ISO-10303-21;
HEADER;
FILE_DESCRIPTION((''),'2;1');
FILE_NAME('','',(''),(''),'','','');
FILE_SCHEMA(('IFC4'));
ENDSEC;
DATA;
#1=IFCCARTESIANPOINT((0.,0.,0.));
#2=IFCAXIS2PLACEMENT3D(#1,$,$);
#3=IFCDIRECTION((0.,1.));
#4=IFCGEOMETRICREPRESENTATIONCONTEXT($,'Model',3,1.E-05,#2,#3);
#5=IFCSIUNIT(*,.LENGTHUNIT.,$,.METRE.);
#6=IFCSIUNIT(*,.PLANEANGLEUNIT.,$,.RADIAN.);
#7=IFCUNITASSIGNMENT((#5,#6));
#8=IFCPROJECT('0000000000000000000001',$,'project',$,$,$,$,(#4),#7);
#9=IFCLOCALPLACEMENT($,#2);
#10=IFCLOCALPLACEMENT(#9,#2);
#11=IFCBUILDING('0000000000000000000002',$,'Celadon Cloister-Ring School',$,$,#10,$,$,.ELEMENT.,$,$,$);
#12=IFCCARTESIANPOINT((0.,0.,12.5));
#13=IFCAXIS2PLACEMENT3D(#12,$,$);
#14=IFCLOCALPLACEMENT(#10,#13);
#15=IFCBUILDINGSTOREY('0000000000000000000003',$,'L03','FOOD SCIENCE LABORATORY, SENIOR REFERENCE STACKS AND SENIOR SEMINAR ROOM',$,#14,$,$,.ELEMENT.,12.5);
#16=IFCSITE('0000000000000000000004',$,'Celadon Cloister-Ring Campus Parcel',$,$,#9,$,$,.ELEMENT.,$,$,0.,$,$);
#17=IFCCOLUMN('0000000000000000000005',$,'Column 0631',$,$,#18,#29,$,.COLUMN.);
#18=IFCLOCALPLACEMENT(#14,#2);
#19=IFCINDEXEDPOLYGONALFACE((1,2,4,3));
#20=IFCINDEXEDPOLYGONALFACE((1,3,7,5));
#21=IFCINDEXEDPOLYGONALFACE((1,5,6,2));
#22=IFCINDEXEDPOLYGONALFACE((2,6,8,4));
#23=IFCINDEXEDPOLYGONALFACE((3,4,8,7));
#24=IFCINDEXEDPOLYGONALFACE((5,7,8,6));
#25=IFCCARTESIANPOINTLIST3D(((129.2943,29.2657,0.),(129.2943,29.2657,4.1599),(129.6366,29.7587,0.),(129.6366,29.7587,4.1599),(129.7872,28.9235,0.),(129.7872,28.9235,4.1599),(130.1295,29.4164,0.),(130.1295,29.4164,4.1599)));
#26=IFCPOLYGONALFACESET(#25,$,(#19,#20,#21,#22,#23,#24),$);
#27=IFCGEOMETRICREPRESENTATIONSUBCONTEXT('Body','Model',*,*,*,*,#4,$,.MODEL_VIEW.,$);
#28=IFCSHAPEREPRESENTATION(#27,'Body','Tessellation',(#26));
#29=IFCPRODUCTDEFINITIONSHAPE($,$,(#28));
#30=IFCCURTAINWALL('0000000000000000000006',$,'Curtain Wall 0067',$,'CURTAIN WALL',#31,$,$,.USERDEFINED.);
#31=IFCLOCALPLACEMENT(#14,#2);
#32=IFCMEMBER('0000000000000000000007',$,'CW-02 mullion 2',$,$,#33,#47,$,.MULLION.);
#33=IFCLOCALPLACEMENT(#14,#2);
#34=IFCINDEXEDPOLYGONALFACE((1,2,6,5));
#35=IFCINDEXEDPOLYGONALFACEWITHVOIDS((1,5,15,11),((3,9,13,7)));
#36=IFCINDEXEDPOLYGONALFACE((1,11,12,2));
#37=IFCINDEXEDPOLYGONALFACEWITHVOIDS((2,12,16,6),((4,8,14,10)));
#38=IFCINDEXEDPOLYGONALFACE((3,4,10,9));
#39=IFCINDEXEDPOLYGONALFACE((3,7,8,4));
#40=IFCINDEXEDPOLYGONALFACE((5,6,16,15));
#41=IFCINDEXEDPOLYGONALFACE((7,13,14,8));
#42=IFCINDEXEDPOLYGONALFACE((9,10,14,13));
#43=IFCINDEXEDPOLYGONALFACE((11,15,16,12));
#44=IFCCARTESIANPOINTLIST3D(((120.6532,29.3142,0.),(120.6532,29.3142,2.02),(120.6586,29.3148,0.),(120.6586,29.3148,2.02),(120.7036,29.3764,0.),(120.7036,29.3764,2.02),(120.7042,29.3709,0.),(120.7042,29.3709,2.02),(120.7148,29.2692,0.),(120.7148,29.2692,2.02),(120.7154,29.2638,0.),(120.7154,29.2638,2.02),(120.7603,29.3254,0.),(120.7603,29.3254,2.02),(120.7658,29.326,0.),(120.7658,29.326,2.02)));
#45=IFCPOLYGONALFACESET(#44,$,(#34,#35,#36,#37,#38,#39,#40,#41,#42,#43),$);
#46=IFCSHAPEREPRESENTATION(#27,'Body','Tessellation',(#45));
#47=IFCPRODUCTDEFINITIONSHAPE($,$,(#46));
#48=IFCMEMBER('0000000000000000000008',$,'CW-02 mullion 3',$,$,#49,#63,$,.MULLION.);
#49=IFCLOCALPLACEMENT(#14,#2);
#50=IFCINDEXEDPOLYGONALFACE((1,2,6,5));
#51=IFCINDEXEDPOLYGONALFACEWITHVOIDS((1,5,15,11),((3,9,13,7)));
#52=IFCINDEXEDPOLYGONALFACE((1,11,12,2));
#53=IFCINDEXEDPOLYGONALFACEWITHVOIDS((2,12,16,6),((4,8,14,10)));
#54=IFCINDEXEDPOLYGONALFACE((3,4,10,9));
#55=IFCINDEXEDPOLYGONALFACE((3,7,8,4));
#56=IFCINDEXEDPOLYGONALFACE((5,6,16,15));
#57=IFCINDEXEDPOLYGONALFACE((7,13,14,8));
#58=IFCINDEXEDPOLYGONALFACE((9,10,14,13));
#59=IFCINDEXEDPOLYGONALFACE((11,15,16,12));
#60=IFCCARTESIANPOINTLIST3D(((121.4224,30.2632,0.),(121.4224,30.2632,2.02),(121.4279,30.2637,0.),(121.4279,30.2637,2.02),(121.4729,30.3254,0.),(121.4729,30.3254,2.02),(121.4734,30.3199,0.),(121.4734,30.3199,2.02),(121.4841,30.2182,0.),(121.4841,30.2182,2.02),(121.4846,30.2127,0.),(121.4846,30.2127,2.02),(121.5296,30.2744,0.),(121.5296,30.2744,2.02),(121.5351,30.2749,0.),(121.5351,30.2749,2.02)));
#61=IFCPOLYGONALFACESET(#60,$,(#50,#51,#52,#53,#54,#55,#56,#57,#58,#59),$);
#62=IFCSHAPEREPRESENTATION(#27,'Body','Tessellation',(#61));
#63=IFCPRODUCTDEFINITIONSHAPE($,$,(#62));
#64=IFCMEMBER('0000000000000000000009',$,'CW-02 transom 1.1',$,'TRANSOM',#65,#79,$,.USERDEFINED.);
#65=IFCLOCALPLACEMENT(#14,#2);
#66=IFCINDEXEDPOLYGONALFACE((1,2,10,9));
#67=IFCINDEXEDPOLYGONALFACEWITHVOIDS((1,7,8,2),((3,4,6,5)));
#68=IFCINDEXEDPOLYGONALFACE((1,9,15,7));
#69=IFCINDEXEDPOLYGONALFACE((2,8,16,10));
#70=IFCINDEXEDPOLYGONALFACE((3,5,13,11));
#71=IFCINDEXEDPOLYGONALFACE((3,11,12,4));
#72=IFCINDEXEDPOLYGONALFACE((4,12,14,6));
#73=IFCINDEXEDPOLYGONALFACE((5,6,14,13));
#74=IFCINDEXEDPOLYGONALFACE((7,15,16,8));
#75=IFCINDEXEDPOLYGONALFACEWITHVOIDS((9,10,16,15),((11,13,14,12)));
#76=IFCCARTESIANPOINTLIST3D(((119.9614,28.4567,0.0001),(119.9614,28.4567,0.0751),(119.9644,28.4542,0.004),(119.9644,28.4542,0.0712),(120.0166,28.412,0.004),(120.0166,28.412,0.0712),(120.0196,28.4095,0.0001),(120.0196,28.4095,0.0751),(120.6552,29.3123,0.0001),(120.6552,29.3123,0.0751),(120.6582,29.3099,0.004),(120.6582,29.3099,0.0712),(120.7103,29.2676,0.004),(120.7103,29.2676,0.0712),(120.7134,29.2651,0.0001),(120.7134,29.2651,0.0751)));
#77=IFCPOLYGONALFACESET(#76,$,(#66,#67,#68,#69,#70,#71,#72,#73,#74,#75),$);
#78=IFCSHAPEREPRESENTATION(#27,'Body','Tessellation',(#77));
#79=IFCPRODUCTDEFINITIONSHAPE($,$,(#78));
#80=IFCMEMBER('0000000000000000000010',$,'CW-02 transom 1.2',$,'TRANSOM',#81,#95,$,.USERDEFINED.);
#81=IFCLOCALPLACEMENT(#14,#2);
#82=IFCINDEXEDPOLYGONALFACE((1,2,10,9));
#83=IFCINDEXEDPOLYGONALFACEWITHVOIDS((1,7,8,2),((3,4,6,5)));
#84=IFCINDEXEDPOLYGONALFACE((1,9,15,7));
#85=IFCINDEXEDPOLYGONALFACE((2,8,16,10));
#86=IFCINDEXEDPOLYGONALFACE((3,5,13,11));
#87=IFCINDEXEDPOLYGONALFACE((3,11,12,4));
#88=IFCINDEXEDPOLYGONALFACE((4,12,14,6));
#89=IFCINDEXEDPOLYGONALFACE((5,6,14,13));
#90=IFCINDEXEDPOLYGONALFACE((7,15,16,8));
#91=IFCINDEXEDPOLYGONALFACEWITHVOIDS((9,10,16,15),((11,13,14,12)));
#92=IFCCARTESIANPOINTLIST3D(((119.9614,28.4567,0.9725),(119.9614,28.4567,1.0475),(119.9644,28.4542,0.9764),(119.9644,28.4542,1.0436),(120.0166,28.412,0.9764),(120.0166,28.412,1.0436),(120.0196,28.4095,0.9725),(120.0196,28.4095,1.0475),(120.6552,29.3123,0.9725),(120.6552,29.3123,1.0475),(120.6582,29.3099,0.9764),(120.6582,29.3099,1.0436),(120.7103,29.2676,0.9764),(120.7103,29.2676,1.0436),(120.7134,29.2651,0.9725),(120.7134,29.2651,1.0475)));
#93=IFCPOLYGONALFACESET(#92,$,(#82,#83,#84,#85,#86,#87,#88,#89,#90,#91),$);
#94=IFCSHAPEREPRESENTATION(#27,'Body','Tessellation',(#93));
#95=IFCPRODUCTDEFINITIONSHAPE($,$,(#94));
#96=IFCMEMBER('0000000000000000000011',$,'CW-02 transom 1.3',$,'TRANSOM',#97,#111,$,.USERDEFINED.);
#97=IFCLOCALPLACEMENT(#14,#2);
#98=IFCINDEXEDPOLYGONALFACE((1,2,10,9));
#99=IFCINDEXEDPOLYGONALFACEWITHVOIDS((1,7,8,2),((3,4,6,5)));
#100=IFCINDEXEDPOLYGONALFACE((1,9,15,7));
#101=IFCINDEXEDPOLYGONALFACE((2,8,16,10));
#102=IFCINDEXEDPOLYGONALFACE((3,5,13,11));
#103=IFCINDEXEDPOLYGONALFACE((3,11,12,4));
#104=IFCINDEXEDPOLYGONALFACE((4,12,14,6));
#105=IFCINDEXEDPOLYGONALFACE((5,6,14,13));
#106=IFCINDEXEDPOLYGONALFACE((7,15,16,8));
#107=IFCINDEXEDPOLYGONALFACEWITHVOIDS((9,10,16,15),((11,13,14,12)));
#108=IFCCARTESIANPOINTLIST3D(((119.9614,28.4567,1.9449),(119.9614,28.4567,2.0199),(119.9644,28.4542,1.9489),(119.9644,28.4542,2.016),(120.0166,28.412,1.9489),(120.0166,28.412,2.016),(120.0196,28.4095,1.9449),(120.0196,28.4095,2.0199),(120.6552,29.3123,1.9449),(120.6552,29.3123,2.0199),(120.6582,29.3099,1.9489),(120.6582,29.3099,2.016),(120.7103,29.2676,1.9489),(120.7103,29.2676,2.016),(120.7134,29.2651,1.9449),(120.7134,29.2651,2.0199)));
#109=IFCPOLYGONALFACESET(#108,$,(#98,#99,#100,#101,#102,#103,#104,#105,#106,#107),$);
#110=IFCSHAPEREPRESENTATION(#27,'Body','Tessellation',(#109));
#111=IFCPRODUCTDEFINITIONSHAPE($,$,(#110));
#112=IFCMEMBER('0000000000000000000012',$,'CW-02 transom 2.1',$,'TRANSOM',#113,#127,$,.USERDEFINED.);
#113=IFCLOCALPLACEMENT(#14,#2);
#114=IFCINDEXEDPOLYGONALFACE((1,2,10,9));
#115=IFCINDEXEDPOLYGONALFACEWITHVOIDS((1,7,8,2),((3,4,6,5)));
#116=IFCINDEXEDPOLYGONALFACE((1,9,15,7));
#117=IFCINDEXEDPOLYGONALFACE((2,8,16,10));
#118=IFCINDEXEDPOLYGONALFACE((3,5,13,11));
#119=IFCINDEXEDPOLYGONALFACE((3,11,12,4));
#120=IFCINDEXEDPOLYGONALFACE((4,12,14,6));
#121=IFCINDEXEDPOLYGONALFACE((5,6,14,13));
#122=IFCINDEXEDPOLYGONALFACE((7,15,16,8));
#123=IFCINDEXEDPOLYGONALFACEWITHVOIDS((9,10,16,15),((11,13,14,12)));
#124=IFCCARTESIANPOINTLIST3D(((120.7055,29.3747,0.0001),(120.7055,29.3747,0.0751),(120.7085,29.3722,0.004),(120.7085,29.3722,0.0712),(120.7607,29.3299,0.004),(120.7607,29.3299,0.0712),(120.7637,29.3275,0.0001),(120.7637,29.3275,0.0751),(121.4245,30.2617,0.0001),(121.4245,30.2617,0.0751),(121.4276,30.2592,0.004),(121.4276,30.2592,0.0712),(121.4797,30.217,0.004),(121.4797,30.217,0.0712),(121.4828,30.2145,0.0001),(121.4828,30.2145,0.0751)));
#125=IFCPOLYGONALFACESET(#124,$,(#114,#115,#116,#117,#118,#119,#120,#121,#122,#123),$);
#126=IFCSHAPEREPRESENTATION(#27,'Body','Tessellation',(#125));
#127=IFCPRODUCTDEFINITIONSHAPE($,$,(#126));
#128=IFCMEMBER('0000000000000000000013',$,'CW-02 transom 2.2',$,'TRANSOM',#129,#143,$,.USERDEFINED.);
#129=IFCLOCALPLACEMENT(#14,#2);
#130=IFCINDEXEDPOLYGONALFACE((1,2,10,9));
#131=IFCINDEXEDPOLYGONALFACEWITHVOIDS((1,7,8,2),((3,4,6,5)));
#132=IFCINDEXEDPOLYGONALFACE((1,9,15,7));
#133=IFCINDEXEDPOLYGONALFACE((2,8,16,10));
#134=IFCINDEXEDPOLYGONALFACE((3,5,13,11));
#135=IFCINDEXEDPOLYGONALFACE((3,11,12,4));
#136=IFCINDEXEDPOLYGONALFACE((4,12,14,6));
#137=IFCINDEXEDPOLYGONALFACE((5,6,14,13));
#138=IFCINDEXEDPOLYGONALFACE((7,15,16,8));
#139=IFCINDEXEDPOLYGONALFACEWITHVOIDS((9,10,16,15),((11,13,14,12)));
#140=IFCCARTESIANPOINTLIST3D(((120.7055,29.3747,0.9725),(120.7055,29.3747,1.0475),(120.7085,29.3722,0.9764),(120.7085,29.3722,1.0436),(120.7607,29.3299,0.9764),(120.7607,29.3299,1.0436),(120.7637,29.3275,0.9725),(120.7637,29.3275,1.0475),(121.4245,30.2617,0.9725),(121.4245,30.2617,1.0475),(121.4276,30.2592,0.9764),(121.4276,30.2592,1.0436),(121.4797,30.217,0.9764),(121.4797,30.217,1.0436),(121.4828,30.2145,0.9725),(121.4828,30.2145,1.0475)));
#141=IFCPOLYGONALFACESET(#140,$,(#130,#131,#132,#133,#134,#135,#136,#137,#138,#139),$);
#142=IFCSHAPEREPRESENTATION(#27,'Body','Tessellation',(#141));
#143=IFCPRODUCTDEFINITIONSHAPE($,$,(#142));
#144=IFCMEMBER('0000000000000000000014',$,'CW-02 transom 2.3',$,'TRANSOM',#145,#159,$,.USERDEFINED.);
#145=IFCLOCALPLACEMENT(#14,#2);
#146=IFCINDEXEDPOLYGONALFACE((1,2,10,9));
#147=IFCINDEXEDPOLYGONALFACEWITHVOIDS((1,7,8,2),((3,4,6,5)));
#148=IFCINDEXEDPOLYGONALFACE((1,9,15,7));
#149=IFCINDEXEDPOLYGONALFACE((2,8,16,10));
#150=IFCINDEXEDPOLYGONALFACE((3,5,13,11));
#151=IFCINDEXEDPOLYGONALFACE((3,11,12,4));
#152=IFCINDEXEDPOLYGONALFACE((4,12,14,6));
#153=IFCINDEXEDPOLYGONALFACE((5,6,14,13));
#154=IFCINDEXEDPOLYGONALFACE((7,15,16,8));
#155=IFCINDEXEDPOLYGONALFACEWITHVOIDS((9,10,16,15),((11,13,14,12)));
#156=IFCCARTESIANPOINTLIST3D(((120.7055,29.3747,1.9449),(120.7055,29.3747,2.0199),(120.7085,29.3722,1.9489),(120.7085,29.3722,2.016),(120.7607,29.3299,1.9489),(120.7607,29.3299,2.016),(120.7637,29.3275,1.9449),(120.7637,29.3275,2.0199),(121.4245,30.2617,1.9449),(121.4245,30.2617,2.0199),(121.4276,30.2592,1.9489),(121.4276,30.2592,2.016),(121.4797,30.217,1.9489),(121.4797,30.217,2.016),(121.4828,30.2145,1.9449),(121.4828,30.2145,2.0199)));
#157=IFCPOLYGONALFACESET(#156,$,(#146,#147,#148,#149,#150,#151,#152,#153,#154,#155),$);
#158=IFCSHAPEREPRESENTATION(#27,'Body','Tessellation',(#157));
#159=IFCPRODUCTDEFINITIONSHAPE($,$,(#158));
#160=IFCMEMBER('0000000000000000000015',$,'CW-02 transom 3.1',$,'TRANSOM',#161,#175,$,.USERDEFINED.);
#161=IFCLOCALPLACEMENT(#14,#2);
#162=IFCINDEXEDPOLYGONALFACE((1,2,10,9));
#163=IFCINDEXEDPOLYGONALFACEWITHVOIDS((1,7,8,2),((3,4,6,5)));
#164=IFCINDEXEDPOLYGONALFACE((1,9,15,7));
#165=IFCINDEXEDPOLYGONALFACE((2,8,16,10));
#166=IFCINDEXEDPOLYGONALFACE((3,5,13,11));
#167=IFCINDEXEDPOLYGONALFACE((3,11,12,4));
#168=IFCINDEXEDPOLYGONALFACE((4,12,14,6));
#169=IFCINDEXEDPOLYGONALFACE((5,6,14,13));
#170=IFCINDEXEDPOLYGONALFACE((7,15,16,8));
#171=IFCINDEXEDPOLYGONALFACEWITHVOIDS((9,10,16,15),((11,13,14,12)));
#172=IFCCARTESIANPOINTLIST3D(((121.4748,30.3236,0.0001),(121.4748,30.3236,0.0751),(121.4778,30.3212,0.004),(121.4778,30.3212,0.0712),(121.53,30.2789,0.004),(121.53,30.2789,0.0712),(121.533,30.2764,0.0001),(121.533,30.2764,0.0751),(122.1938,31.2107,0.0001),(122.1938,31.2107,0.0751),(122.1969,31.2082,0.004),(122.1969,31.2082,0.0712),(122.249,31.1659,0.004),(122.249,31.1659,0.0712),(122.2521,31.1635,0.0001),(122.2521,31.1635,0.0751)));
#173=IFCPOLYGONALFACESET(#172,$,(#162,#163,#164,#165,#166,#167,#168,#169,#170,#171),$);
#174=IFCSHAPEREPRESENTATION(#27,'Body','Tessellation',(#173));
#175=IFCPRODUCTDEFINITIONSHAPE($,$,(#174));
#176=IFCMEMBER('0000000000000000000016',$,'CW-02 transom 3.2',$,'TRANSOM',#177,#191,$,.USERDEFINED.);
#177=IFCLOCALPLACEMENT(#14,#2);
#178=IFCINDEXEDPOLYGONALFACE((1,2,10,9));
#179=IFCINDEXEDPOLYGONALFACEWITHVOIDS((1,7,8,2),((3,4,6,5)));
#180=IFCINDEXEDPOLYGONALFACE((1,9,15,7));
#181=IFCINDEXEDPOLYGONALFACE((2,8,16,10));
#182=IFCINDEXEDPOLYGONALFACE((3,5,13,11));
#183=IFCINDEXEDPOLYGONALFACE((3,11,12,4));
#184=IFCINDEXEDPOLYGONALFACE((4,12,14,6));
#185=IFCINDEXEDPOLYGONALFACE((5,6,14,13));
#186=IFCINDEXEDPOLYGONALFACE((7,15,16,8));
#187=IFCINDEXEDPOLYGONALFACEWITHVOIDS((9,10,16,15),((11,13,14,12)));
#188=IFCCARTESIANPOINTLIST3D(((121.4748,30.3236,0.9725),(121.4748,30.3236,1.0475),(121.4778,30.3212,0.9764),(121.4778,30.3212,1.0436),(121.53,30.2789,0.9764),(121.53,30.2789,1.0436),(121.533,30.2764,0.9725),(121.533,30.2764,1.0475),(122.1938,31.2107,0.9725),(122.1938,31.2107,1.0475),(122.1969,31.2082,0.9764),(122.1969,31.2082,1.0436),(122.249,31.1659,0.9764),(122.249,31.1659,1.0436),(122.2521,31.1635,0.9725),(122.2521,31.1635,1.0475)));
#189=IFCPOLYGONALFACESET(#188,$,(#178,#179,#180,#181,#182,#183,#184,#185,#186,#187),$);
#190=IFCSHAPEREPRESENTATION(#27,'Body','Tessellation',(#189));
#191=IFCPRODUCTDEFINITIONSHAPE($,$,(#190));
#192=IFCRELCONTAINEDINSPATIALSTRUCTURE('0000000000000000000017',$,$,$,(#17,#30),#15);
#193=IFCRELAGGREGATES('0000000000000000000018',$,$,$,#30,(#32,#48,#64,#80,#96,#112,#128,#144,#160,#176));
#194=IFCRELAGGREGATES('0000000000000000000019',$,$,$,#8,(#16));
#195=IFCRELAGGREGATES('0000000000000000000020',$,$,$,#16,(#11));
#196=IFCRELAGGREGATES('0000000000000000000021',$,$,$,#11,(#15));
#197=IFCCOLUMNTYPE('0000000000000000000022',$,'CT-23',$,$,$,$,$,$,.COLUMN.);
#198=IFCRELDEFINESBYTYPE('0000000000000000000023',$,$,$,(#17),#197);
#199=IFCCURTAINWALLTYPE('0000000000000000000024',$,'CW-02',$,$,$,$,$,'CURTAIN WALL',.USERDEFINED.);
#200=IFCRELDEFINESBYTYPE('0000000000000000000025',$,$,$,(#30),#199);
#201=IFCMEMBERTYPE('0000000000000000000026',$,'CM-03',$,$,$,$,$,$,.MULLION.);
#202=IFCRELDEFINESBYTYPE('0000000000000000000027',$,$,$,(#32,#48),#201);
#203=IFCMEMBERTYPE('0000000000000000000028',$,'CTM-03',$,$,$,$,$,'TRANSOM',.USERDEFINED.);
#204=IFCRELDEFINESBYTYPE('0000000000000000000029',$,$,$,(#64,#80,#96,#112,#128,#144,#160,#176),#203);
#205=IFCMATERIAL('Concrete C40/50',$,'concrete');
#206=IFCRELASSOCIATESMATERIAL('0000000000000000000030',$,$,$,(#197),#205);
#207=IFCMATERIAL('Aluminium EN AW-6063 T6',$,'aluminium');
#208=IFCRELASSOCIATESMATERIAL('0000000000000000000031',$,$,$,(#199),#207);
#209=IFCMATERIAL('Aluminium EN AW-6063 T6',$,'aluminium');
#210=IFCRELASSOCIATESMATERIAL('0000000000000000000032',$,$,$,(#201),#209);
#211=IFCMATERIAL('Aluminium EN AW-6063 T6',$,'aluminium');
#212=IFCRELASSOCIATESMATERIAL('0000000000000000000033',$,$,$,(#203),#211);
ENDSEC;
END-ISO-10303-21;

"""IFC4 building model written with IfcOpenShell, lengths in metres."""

from ifc_helpers import new_model, si_unit, direction, frame, origin, origin_2d, place, context, subcontext, project, spatial, rectangle, hollow_rectangle, extrude, material, material_profile, profile_set, type_object, element, aggregate, save


model = new_model("IFC4")

# Units and contexts
model_context = context("Model", 3, precision=1e-05, world=origin(), true_north=direction((0.0, 1.0)))
body_context = subcontext(model_context, "Body", "Model", "MODEL_VIEW")
ifc_project = project(units=[si_unit("LENGTHUNIT", "METRE"), si_unit("PLANEANGLEUNIT", "RADIAN")], contexts=[model_context])

# Site, building, storey
site_placement = place(None, origin())
site = spatial("IfcSite", under=ifc_project, at=site_placement, Name="Celadon Cloister-Ring Campus Parcel", CompositionType="ELEMENT", RefElevation=0.0)
building_placement = place(site_placement, origin())
building = spatial("IfcBuilding", under=site, at=building_placement, Name="Celadon Cloister-Ring School", CompositionType="ELEMENT")
storey_placement = place(building_placement, frame((0.0, 0.0, 12.5)))
storey = spatial("IfcBuildingStorey", under=building, at=storey_placement, Name="L03", Description="FOOD SCIENCE LABORATORY, SENIOR REFERENCE STACKS AND SENIOR SEMINAR ROOM", CompositionType="ELEMENT", Elevation=12.5)

# Column
ifc_material_1 = material(Name="Concrete C40/50", Category="concrete")
ifc_material_profile_1 = material_profile(ifc_material_1, rectangle(XDim=0.6001, YDim=0.6001, at=origin_2d()), Name="RC600X600")
ifc_profile_set_1 = profile_set([ifc_material_profile_1], Name="Concrete C40/50")
column_type = type_object("IfcColumnType", Name="CT-23", PredefinedType="COLUMN", material=ifc_profile_set_1)
column_placement = place(storey_placement, frame((129.7119, 29.3411, 0.0), z_axis=(0.0, 0.0, 1.0), x_axis=(0.821388, -0.57037, 0.0)))
element("IfcColumn", 1, at=column_placement, inside=storey, type_object=column_type, Name="Column 0631", PredefinedType="COLUMN", context=body_context, shape_type="SweptSolid", body=[
    extrude(rectangle(XDim=0.6001, YDim=0.6001, at=origin_2d()), origin(), (0.0, 0.0, 1.0), 4.1599),
])

# Curtain wall, members
ifc_material_2 = material(Name="Aluminium EN AW-6063 T6", Category="aluminium")
curtain_wall_type = type_object("IfcCurtainWallType", Name="CW-02", ElementType="CURTAIN WALL", PredefinedType="USERDEFINED", material=ifc_material_2)
curtain_wall_placement = place(storey_placement, origin())
curtain_wall = element("IfcCurtainWall", 2, at=curtain_wall_placement, inside=storey, type_object=curtain_wall_type, Name="Curtain Wall 0067", ObjectType="CURTAIN WALL", PredefinedType="USERDEFINED")
ifc_material_3 = material(Name="Aluminium EN AW-6063 T6", Category="aluminium")
ifc_material_profile_2 = material_profile(ifc_material_3, hollow_rectangle(XDim=0.0801, YDim=0.0801, WallThickness=0.0039, at=origin_2d()), Name="RHS80X80X4")
ifc_profile_set_2 = profile_set([ifc_material_profile_2], Name="Aluminium EN AW-6063 T6")
member_type_1 = type_object("IfcMemberType", Name="CM-03", PredefinedType="MULLION", material=ifc_profile_set_2)
member_1_placement = place(storey_placement, frame((120.7095, 29.3201, 0.0), z_axis=(0.0, 0.0, 1.0), x_axis=(-0.77678, 0.629773, 0.0)))
member_1 = element("IfcMember", 3, at=member_1_placement, type_object=member_type_1, Name="CW-02 mullion 2", PredefinedType="MULLION", context=body_context, shape_type="SweptSolid", body=[
    extrude(hollow_rectangle(XDim=0.0801, YDim=0.0801, WallThickness=0.0039, at=origin_2d()), origin(), (0.0, 0.0, 1.0), 2.02),
])
member_2_placement = place(storey_placement, frame((121.4788, 30.269, 0.0), z_axis=(0.0, 0.0, 1.0), x_axis=(-0.77678, 0.629773, 0.0)))
member_2 = element("IfcMember", 4, at=member_2_placement, type_object=member_type_1, Name="CW-02 mullion 3", PredefinedType="MULLION", context=body_context, shape_type="SweptSolid", body=[
    extrude(hollow_rectangle(XDim=0.0801, YDim=0.0801, WallThickness=0.0039, at=origin_2d()), origin(), (0.0, 0.0, 1.0), 2.02),
])
ifc_material_4 = material(Name="Aluminium EN AW-6063 T6", Category="aluminium")
ifc_material_profile_3 = material_profile(ifc_material_4, hollow_rectangle(XDim=0.075, YDim=0.075, WallThickness=0.0039, at=origin_2d()), Name="RHS75X75X4")
ifc_profile_set_3 = profile_set([ifc_material_profile_3], Name="Aluminium EN AW-6063 T6")
member_type_2 = type_object("IfcMemberType", Name="CTM-03", ElementType="TRANSOM", PredefinedType="USERDEFINED", material=ifc_profile_set_3)
member_3_placement = place(storey_placement, frame((119.9905, 28.4331, 0.0376), z_axis=(0.629816, 0.776744, 0.0), x_axis=(-0.776744, 0.629816, 0.0)))
member_3 = element("IfcMember", 5, at=member_3_placement, type_object=member_type_2, Name="CW-02 transom 1.1", ObjectType="TRANSOM", PredefinedType="USERDEFINED", context=body_context, shape_type="SweptSolid", body=[
    extrude(hollow_rectangle(XDim=0.075, YDim=0.075, WallThickness=0.0039, at=origin_2d()), origin(), (0.0, 0.0, 1.0), 1.1016),
])
member_4_placement = place(storey_placement, frame((119.9905, 28.4331, 1.01), z_axis=(0.629816, 0.776744, 0.0), x_axis=(-0.776744, 0.629816, 0.0)))
member_4 = element("IfcMember", 6, at=member_4_placement, type_object=member_type_2, Name="CW-02 transom 1.2", ObjectType="TRANSOM", PredefinedType="USERDEFINED", context=body_context, shape_type="SweptSolid", body=[
    extrude(hollow_rectangle(XDim=0.075, YDim=0.075, WallThickness=0.0039, at=origin_2d()), origin(), (0.0, 0.0, 1.0), 1.1016),
])
member_5_placement = place(storey_placement, frame((119.9905, 28.4331, 1.9824), z_axis=(0.629816, 0.776744, 0.0), x_axis=(-0.776744, 0.629816, 0.0)))
member_5 = element("IfcMember", 7, at=member_5_placement, type_object=member_type_2, Name="CW-02 transom 1.3", ObjectType="TRANSOM", PredefinedType="USERDEFINED", context=body_context, shape_type="SweptSolid", body=[
    extrude(hollow_rectangle(XDim=0.075, YDim=0.075, WallThickness=0.0039, at=origin_2d()), origin(), (0.0, 0.0, 1.0), 1.1016),
])
member_6_placement = place(storey_placement, frame((120.7346, 29.3511, 0.0376), z_axis=(0.629715, 0.776826, 0.0), x_axis=(-0.776826, 0.629715, 0.0)))
member_6 = element("IfcMember", 8, at=member_6_placement, type_object=member_type_2, Name="CW-02 transom 2.1", ObjectType="TRANSOM", PredefinedType="USERDEFINED", context=body_context, shape_type="SweptSolid", body=[
    extrude(hollow_rectangle(XDim=0.075, YDim=0.075, WallThickness=0.0039, at=origin_2d()), origin(), (0.0, 0.0, 1.0), 1.1418),
])
member_7_placement = place(storey_placement, frame((120.7346, 29.3511, 1.01), z_axis=(0.629715, 0.776826, 0.0), x_axis=(-0.776826, 0.629715, 0.0)))
member_7 = element("IfcMember", 9, at=member_7_placement, type_object=member_type_2, Name="CW-02 transom 2.2", ObjectType="TRANSOM", PredefinedType="USERDEFINED", context=body_context, shape_type="SweptSolid", body=[
    extrude(hollow_rectangle(XDim=0.075, YDim=0.075, WallThickness=0.0039, at=origin_2d()), origin(), (0.0, 0.0, 1.0), 1.1418),
])
member_8_placement = place(storey_placement, frame((120.7346, 29.3511, 1.9824), z_axis=(0.629715, 0.776826, 0.0), x_axis=(-0.776826, 0.629715, 0.0)))
member_8 = element("IfcMember", 10, at=member_8_placement, type_object=member_type_2, Name="CW-02 transom 2.3", ObjectType="TRANSOM", PredefinedType="USERDEFINED", context=body_context, shape_type="SweptSolid", body=[
    extrude(hollow_rectangle(XDim=0.075, YDim=0.075, WallThickness=0.0039, at=origin_2d()), origin(), (0.0, 0.0, 1.0), 1.1418),
])
member_9_placement = place(storey_placement, frame((121.5039, 30.3, 0.0376), z_axis=(0.629715, 0.776826, 0.0), x_axis=(-0.776826, 0.629715, 0.0)))
member_9 = element("IfcMember", 11, at=member_9_placement, type_object=member_type_2, Name="CW-02 transom 3.1", ObjectType="TRANSOM", PredefinedType="USERDEFINED", context=body_context, shape_type="SweptSolid", body=[
    extrude(hollow_rectangle(XDim=0.075, YDim=0.075, WallThickness=0.0039, at=origin_2d()), origin(), (0.0, 0.0, 1.0), 1.1418),
])
member_10_placement = place(storey_placement, frame((121.5039, 30.3, 1.01), z_axis=(0.629715, 0.776826, 0.0), x_axis=(-0.776826, 0.629715, 0.0)))
member_10 = element("IfcMember", 12, at=member_10_placement, type_object=member_type_2, Name="CW-02 transom 3.2", ObjectType="TRANSOM", PredefinedType="USERDEFINED", context=body_context, shape_type="SweptSolid", body=[
    extrude(hollow_rectangle(XDim=0.075, YDim=0.075, WallThickness=0.0039, at=origin_2d()), origin(), (0.0, 0.0, 1.0), 1.1418),
])

aggregate(curtain_wall, [member_1, member_2, member_3, member_4, member_5, member_6, member_7, member_8, member_9, member_10])

save(model, "model.ifc")
